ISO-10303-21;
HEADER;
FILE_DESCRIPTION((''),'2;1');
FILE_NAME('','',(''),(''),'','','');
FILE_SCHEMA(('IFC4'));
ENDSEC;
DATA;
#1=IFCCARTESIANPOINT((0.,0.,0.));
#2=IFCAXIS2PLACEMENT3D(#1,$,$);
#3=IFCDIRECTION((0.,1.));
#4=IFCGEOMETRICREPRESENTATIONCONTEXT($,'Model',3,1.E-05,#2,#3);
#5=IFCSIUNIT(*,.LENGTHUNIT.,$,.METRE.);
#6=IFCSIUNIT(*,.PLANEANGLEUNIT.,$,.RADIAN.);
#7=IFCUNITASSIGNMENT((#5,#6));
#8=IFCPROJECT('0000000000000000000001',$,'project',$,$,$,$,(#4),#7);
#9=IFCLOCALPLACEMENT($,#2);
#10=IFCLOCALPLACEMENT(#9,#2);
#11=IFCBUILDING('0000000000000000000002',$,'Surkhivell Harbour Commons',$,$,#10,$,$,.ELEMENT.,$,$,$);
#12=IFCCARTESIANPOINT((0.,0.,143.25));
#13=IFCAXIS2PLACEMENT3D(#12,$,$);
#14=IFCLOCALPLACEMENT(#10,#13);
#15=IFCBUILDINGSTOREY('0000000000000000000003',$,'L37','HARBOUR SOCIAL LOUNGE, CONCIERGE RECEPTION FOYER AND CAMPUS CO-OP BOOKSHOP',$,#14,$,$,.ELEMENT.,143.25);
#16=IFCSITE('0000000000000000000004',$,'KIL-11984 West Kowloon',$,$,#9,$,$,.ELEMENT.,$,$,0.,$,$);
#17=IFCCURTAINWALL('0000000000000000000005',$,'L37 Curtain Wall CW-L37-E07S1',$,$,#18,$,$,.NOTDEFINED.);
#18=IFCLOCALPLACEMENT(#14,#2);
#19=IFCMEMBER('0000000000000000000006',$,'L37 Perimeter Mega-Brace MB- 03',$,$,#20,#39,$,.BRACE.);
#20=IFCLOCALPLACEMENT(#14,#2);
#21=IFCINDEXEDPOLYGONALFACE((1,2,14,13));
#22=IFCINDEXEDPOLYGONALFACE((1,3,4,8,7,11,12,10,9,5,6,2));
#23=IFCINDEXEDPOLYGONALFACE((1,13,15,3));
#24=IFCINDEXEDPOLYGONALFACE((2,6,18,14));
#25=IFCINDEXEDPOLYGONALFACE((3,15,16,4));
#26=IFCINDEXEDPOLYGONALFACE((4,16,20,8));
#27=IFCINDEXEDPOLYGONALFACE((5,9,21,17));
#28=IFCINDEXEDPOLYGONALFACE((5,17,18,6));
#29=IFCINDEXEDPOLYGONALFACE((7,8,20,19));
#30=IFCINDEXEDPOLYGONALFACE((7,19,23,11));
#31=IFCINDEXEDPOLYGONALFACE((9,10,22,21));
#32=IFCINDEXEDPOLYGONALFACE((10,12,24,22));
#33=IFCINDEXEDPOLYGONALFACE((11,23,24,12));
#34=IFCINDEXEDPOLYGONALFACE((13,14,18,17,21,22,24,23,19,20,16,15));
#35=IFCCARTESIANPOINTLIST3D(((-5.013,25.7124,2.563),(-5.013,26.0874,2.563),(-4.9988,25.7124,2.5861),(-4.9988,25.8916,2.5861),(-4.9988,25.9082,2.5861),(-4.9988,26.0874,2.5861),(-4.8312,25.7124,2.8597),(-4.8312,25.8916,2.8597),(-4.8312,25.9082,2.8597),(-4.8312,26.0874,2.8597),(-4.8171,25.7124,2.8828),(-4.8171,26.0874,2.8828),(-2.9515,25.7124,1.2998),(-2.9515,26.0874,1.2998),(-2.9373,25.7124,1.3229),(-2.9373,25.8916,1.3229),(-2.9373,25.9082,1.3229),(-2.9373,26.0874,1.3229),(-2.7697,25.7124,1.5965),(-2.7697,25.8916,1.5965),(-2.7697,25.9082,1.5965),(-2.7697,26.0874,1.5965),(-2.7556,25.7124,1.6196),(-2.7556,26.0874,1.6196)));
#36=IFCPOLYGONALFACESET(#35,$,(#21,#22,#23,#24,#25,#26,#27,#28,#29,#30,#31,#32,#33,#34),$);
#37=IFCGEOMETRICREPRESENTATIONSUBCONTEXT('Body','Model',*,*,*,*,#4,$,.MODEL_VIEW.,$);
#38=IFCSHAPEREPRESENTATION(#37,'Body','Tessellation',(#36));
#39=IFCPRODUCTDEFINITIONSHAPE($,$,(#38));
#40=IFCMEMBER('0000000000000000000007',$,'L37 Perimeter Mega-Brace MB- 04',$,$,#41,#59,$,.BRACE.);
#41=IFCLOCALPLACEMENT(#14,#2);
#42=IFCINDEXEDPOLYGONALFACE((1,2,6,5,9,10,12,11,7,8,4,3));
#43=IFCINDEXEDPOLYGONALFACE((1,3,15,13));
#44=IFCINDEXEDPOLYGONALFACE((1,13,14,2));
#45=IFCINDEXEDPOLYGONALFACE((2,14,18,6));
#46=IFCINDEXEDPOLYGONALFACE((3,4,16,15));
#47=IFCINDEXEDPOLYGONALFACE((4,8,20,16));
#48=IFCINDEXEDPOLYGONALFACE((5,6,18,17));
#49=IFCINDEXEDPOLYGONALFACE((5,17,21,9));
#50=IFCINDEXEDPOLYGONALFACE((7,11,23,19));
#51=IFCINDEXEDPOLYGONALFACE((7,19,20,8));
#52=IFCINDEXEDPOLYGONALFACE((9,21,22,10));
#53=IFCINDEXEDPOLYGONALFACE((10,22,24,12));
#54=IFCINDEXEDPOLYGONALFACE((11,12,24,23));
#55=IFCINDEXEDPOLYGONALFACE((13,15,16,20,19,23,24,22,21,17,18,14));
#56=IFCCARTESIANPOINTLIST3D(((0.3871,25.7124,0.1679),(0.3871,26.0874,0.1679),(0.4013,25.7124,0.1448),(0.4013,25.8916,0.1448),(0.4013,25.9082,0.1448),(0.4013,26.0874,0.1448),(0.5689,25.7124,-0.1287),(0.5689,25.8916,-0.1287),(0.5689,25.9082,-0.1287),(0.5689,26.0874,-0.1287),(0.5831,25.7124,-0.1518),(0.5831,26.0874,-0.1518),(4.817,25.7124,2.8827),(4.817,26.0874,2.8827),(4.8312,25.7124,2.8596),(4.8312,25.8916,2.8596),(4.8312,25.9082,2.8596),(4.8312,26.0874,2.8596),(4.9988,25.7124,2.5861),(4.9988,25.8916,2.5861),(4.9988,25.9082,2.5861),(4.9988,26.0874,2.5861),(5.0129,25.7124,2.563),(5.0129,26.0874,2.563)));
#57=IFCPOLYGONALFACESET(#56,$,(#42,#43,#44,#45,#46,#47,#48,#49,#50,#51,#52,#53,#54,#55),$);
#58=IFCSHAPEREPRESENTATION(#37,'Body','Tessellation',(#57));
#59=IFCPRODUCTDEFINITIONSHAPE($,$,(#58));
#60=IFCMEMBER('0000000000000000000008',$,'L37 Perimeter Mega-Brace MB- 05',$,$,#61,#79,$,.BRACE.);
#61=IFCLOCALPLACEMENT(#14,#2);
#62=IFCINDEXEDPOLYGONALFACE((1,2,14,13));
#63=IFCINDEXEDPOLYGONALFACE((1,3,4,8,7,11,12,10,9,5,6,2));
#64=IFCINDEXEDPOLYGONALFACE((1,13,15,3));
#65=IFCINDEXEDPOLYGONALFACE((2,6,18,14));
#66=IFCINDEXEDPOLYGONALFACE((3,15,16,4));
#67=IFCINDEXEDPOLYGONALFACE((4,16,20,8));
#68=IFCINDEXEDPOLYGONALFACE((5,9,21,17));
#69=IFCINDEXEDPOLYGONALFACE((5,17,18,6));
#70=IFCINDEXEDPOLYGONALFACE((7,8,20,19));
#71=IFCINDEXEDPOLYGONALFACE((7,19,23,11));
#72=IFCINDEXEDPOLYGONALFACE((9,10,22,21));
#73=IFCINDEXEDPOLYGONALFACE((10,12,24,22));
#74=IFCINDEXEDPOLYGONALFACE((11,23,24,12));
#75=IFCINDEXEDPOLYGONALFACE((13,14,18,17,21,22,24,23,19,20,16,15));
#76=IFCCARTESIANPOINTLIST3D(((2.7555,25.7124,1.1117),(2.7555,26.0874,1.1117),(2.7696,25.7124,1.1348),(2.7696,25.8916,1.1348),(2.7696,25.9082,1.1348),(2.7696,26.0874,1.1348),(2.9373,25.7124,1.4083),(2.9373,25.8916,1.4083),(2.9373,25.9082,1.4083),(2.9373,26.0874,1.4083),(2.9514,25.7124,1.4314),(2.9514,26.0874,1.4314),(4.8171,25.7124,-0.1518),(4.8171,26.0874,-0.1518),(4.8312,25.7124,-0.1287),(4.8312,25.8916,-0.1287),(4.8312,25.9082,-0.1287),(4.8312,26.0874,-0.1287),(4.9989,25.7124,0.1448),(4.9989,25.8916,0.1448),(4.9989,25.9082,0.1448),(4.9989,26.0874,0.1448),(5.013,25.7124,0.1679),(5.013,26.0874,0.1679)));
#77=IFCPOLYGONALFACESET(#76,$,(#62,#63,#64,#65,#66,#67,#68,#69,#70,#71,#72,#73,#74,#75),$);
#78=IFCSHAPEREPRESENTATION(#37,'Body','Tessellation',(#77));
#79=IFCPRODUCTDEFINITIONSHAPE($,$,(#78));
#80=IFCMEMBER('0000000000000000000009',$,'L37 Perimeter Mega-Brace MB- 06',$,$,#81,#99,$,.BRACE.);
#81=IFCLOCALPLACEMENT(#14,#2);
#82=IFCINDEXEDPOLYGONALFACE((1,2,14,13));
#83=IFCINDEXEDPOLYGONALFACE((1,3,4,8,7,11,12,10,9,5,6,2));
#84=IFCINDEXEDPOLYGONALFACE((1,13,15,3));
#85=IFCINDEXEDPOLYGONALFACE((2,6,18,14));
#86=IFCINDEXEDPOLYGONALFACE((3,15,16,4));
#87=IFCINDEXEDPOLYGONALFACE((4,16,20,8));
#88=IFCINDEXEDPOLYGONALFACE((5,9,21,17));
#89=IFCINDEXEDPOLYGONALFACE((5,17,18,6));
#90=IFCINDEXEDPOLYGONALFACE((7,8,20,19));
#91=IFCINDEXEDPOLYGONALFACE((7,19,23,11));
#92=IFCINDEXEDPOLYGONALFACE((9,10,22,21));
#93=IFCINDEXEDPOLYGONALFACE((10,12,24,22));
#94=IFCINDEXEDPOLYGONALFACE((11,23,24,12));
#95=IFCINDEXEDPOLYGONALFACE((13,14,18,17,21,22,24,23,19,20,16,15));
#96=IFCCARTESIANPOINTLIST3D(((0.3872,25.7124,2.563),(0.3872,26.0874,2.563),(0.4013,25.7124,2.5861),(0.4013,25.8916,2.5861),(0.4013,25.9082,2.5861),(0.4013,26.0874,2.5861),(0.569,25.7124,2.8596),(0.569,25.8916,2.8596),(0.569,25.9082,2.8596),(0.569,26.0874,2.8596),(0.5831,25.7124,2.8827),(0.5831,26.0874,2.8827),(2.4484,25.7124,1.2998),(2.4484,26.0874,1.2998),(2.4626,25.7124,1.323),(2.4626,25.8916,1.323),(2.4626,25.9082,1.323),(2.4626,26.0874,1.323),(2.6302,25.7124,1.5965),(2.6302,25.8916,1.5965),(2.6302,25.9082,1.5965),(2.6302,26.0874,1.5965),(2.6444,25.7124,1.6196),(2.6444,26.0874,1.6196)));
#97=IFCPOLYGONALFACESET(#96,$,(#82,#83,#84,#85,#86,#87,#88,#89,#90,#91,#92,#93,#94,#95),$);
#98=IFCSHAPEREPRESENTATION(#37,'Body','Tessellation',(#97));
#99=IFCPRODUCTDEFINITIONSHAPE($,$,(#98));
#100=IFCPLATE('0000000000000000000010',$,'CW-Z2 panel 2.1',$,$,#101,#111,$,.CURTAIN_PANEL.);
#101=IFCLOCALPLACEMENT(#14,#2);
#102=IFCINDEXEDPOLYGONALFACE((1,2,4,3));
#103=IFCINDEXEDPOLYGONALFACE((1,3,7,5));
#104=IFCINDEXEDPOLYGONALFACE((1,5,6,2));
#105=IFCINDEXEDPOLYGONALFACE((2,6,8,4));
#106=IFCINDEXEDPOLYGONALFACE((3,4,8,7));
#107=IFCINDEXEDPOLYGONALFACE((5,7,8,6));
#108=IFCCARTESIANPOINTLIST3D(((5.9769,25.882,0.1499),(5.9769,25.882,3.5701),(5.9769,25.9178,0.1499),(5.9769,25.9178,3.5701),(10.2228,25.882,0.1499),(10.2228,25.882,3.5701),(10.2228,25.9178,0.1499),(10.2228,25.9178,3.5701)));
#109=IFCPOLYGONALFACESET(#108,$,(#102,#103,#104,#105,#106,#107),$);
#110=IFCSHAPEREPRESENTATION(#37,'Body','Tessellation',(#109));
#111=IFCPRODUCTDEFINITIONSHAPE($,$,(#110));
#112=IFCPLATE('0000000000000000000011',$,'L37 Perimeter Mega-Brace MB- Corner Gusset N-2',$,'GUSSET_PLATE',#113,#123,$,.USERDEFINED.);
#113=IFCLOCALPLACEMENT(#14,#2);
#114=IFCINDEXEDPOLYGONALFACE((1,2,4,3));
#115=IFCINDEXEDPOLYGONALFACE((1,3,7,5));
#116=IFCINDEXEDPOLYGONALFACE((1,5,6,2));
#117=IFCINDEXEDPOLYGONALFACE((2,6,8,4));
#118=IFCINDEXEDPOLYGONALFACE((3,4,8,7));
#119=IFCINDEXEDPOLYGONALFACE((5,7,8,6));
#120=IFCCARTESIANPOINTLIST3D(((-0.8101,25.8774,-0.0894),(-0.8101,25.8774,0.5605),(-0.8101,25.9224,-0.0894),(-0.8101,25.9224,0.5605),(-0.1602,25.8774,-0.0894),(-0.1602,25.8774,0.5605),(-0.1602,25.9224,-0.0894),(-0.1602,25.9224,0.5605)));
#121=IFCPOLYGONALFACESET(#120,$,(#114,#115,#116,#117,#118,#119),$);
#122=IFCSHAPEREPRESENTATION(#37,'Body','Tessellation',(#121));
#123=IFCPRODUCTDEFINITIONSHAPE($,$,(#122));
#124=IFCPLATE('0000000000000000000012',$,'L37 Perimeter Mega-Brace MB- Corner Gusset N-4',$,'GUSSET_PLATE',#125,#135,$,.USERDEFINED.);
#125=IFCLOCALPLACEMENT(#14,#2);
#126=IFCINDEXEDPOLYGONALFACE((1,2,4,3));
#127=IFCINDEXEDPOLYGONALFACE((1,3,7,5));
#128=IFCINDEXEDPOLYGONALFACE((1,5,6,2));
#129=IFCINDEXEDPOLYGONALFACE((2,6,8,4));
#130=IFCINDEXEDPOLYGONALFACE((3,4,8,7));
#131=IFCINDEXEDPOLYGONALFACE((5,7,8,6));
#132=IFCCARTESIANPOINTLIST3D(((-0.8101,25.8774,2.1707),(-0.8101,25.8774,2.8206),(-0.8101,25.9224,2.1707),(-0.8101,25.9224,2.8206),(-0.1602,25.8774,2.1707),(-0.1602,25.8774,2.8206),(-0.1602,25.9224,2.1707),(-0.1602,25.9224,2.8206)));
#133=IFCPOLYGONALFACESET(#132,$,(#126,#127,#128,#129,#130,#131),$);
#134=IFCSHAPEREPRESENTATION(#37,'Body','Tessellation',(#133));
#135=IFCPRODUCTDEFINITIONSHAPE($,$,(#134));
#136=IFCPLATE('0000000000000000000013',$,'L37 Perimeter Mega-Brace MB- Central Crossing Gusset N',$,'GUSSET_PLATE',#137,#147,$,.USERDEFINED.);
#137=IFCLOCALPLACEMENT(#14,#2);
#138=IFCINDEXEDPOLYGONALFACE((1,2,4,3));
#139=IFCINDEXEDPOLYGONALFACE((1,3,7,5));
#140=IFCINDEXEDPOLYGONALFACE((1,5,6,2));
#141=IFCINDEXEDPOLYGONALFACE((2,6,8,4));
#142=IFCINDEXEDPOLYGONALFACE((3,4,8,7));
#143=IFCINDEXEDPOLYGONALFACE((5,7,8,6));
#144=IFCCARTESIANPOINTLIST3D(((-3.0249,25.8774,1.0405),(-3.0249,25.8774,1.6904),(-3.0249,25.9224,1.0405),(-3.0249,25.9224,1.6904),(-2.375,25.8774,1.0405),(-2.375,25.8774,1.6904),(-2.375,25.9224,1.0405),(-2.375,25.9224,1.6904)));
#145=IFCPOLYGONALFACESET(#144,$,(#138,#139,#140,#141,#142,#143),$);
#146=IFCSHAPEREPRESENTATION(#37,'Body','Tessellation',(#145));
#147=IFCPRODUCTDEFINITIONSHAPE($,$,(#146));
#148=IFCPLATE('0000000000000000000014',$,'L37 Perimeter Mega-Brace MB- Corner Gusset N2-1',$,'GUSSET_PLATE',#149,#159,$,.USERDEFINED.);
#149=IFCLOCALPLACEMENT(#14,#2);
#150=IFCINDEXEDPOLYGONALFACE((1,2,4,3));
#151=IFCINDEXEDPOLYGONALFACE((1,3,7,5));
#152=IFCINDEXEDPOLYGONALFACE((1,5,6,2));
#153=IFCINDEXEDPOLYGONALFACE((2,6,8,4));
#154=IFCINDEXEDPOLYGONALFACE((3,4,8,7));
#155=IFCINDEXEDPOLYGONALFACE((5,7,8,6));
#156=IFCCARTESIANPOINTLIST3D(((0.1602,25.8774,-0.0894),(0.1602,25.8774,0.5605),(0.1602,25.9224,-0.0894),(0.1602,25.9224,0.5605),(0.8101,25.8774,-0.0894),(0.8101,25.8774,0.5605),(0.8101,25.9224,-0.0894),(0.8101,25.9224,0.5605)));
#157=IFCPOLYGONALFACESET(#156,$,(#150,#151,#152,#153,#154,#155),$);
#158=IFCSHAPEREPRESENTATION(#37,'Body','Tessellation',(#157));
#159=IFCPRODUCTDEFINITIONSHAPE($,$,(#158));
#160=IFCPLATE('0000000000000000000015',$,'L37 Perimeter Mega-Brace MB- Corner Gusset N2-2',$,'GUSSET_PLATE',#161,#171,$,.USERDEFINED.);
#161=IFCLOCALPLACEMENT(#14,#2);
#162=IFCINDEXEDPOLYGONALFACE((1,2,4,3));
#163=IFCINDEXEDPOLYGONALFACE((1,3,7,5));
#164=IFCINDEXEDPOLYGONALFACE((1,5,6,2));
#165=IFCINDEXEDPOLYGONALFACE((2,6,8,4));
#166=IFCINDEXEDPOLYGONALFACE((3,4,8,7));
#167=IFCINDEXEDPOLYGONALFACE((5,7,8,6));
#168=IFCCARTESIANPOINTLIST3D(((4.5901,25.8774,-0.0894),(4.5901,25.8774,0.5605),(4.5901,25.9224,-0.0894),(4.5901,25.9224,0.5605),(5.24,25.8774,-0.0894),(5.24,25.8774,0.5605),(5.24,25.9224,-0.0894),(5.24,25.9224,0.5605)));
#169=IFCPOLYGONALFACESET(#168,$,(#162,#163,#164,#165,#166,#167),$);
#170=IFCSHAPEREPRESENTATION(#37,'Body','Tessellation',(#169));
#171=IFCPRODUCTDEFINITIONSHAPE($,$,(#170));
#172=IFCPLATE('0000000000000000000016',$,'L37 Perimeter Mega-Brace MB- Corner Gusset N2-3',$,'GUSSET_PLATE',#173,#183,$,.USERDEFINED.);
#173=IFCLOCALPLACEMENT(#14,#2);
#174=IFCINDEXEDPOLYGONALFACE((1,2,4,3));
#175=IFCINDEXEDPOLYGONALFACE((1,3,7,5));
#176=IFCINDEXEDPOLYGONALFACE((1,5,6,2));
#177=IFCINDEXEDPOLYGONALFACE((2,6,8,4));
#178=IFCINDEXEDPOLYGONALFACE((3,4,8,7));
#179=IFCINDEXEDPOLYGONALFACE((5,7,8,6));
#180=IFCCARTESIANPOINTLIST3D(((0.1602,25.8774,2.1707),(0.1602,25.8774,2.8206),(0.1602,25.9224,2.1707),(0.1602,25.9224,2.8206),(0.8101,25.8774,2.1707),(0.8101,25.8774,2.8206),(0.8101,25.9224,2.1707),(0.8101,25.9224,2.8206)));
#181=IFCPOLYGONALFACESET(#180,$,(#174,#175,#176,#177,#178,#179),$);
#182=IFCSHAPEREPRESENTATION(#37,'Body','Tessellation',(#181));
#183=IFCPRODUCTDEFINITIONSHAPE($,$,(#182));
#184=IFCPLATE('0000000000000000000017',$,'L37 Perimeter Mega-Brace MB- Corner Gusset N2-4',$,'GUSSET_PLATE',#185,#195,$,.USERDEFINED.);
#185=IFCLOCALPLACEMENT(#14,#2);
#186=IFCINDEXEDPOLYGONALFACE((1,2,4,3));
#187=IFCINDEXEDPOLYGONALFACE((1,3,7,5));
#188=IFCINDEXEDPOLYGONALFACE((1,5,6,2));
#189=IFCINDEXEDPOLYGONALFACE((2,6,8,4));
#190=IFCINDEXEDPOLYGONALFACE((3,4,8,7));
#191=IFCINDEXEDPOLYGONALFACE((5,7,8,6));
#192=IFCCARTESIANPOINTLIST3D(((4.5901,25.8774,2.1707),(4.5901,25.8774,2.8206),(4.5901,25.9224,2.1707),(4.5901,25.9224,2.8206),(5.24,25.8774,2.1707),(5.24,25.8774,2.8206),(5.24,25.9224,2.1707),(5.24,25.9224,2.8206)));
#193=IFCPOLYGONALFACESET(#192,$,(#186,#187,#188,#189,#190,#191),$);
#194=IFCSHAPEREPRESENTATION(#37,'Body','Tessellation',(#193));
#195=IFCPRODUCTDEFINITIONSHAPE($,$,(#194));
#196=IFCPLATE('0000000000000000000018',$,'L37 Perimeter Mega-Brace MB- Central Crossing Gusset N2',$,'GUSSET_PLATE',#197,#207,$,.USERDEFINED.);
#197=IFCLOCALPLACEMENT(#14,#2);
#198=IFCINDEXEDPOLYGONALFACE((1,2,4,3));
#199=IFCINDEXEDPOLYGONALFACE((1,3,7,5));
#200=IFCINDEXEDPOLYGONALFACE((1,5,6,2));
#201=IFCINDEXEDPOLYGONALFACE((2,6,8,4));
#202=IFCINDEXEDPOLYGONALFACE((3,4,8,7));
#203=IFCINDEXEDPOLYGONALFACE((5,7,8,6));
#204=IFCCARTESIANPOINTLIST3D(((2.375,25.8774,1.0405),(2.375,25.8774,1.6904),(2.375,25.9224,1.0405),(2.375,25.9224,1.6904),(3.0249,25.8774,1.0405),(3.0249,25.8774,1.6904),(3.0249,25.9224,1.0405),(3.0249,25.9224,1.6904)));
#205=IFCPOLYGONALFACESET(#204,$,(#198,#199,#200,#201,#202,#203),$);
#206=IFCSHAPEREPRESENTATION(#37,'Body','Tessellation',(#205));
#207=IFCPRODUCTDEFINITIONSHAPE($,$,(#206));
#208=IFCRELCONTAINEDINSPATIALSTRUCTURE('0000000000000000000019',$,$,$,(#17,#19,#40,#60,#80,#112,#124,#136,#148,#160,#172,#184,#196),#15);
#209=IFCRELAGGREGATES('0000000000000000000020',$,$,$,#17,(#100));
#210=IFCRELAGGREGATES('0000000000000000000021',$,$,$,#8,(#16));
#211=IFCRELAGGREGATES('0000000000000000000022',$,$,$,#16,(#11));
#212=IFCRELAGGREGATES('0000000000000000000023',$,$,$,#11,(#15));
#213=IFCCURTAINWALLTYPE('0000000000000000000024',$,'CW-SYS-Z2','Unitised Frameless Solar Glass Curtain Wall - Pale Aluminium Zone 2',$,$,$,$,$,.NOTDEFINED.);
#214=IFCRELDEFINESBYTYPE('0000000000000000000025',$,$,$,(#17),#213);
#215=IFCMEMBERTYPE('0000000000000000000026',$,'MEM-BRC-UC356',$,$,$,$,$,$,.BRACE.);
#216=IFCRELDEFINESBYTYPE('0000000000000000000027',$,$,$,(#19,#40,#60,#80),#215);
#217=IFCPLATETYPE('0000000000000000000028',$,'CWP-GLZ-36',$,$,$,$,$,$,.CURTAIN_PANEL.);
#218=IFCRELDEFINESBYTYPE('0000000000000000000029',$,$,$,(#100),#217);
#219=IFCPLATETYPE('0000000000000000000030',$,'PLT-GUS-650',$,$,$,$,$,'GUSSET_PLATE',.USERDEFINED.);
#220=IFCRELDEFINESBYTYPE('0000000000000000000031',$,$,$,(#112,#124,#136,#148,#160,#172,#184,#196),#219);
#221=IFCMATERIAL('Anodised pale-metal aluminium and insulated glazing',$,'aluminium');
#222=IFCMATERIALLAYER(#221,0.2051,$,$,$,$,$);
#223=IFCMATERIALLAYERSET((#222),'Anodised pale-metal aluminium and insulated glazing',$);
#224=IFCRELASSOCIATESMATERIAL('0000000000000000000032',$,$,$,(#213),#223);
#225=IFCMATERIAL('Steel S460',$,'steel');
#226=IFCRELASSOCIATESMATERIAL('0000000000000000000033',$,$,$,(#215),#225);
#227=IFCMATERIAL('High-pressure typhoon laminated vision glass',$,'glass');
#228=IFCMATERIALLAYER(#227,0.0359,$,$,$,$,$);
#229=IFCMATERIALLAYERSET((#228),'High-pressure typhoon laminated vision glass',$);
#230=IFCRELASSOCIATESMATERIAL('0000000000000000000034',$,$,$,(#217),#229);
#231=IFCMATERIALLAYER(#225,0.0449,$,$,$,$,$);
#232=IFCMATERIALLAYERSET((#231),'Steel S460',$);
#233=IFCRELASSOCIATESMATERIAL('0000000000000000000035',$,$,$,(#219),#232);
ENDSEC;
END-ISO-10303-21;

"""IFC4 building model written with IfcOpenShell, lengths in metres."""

from ifc_helpers import new_model, si_unit, direction, frame, frame_2d, origin, origin_2d, place, context, subcontext, project, spatial, rectangle, i_section, extrude, material, layer, layer_set, material_profile, profile_set, type_object, element, aggregate, save


model = new_model("IFC4")

# Units and contexts
model_context = context("Model", 3, precision=1e-05, world=origin(), true_north=direction((0.0, 1.0)))
body_context = subcontext(model_context, "Body", "Model", "MODEL_VIEW")
ifc_project = project(units=[si_unit("LENGTHUNIT", "METRE"), si_unit("PLANEANGLEUNIT", "RADIAN")], contexts=[model_context])

# Site, building, storey
site_placement = place(None, origin())
site = spatial("IfcSite", under=ifc_project, at=site_placement, Name="KIL-11984 West Kowloon", CompositionType="ELEMENT", RefElevation=0.0)
building_placement = place(site_placement, origin())
building = spatial("IfcBuilding", under=site, at=building_placement, Name="Surkhivell Harbour Commons", CompositionType="ELEMENT")
storey_placement = place(building_placement, frame((0.0, 0.0, 143.25)))
storey = spatial("IfcBuildingStorey", under=building, at=storey_placement, Name="L37", Description="HARBOUR SOCIAL LOUNGE, CONCIERGE RECEPTION FOYER AND CAMPUS CO-OP BOOKSHOP", CompositionType="ELEMENT", Elevation=143.25)

# Shared definitions
ifc_material_1 = material(Name="Steel S460", Category="steel")

# Curtain wall
ifc_material_2 = material(Name="Anodised pale-metal aluminium and insulated glazing", Category="aluminium")
ifc_layer_1 = layer(ifc_material_2, 0.2051)
ifc_layer_set_1 = layer_set([ifc_layer_1], Name="Anodised pale-metal aluminium and insulated glazing")
curtain_wall_type = type_object("IfcCurtainWallType", Name="CW-SYS-Z2", Description="Unitised Frameless Solar Glass Curtain Wall - Pale Aluminium Zone 2", PredefinedType="NOTDEFINED", material=ifc_layer_set_1)
curtain_wall_placement = place(storey_placement, origin())
curtain_wall = element("IfcCurtainWall", 1, at=curtain_wall_placement, inside=storey, type_object=curtain_wall_type, Name="L37 Curtain Wall CW-L37-E07S1", PredefinedType="NOTDEFINED")

# Members
ifc_material_profile_1 = material_profile(ifc_material_1, i_section(OverallWidth=0.375, OverallDepth=0.375, WebThickness=0.0166, FlangeThickness=0.0271, at=origin_2d()), Name="UC356x368x202")
ifc_profile_set_1 = profile_set([ifc_material_profile_1], Name="Steel S460")
member_type_1 = type_object("IfcMemberType", Name="MEM-BRC-UC356", PredefinedType="BRACE", material=ifc_profile_set_1)
for number, where, z_axis, x_axis, name in (
    (2, (-2.8535, 25.8999, 1.4597), (-0.852662, 0.0, 0.522463), (0.0, -1.0, 0.0), "L37 Perimeter Mega-Brace MB- 03"),
):
    element("IfcMember", number, at=place(storey_placement, frame(where, z_axis=z_axis, x_axis=x_axis)), inside=storey, type_object=member_type_1, Name=name, PredefinedType="BRACE", context=body_context, shape_type="SweptSolid", body=[
        extrude(i_section(OverallWidth=0.375, OverallDepth=0.375, WebThickness=0.0166, FlangeThickness=0.0271, at=origin_2d()), origin(), (0.0, 0.0, 1.0), 2.4177),
    ])
member_1_placement = place(storey_placement, frame((0.4851, 25.8999, 0.0081), z_axis=(0.852625, 0.0, 0.522523), x_axis=(0.0, 1.0, 0.0)))
element("IfcMember", 3, at=member_1_placement, inside=storey, type_object=member_type_1, Name="L37 Perimeter Mega-Brace MB- 04", PredefinedType="BRACE", context=body_context, shape_type="SweptSolid", body=[
    extrude(i_section(OverallWidth=0.375, OverallDepth=0.375, WebThickness=0.0166, FlangeThickness=0.0271, at=origin_2d()), origin(), (0.0, 0.0, 1.0), 5.1956),
])
member_2_placement = place(storey_placement, frame((4.915, 25.8999, 0.0081), z_axis=(-0.852617, 0.0, 0.522536), x_axis=(0.0, -1.0, 0.0)))
element("IfcMember", 4, at=member_2_placement, inside=storey, type_object=member_type_1, Name="L37 Perimeter Mega-Brace MB- 05", PredefinedType="BRACE", context=body_context, shape_type="SweptSolid", body=[
    extrude(i_section(OverallWidth=0.375, OverallDepth=0.375, WebThickness=0.0166, FlangeThickness=0.0271, at=origin_2d()), origin(), (0.0, 0.0, 1.0), 2.418),
])
member_3_placement = place(storey_placement, frame((2.5464, 25.8999, 1.4597), z_axis=(-0.852635, 0.0, 0.522508), x_axis=(0.0, -1.0, 0.0)))
element("IfcMember", 5, at=member_3_placement, inside=storey, type_object=member_type_1, Name="L37 Perimeter Mega-Brace MB- 06", PredefinedType="BRACE", context=body_context, shape_type="SweptSolid", body=[
    extrude(i_section(OverallWidth=0.375, OverallDepth=0.375, WebThickness=0.0166, FlangeThickness=0.0271, at=origin_2d()), origin(), (0.0, 0.0, 1.0), 2.4175),
])

# Plate
ifc_material_3 = material(Name="High-pressure typhoon laminated vision glass", Category="glass")
ifc_layer_2 = layer(ifc_material_3, 0.0359)
ifc_layer_set_2 = layer_set([ifc_layer_2], Name="High-pressure typhoon laminated vision glass")
plate_type_1 = type_object("IfcPlateType", Name="CWP-GLZ-36", PredefinedType="CURTAIN_PANEL", material=ifc_layer_set_2)
plate_placement = place(storey_placement, frame((10.2229, 25.8999, 0.1499), z_axis=(0.0, 0.0, 1.0), x_axis=(-1.0, 0.0, 0.0)))
plate = element("IfcPlate", 6, at=plate_placement, type_object=plate_type_1, Name="CW-Z2 panel 2.1", PredefinedType="CURTAIN_PANEL", context=body_context, shape_type="SweptSolid", body=[
    extrude(rectangle(XDim=4.2458, YDim=0.0359, at=frame_2d((2.123, 0.0))), origin(), (0.0, 0.0, 1.0), 3.4202),
])
aggregate(curtain_wall, [plate])

# Plates
ifc_layer_3 = layer(ifc_material_1, 0.0449)
ifc_layer_set_3 = layer_set([ifc_layer_3], Name="Steel S460")
plate_type_2 = type_object("IfcPlateType", Name="PLT-GUS-650", ElementType="GUSSET_PLATE", PredefinedType="USERDEFINED", material=ifc_layer_set_3)
for number, where, z_axis, x_axis, name in (
    (7, (-0.4851, 25.8999, -0.0894), (0.0, 0.0, 1.0), (1.0, 0.0, 0.0), "L37 Perimeter Mega-Brace MB- Corner Gusset N-2"),
    (8, (-0.4851, 25.8999, 2.1707), (0.0, 0.0, 1.0), (1.0, 0.0, 0.0), "L37 Perimeter Mega-Brace MB- Corner Gusset N-4"),
    (9, (-2.7, 25.8999, 1.0405), (0.0, 0.0, 1.0), (1.0, 0.0, 0.0), "L37 Perimeter Mega-Brace MB- Central Crossing Gusset N"),
    (10, (0.4851, 25.8999, -0.0894), (0.0, 0.0, 1.0), (1.0, 0.0, 0.0), "L37 Perimeter Mega-Brace MB- Corner Gusset N2-1"),
    (11, (4.915, 25.8999, -0.0894), (0.0, 0.0, 1.0), (1.0, 0.0, 0.0), "L37 Perimeter Mega-Brace MB- Corner Gusset N2-2"),
    (12, (0.4851, 25.8999, 2.1707), (0.0, 0.0, 1.0), (1.0, 0.0, 0.0), "L37 Perimeter Mega-Brace MB- Corner Gusset N2-3"),
    (13, (4.915, 25.8999, 2.1707), (0.0, 0.0, 1.0), (1.0, 0.0, 0.0), "L37 Perimeter Mega-Brace MB- Corner Gusset N2-4"),
    (14, (2.7, 25.8999, 1.0405), (0.0, 0.0, 1.0), (1.0, 0.0, 0.0), "L37 Perimeter Mega-Brace MB- Central Crossing Gusset N2"),
):
    element("IfcPlate", number, at=place(storey_placement, frame(where, z_axis=z_axis, x_axis=x_axis)), inside=storey, type_object=plate_type_2, Name=name, ObjectType="GUSSET_PLATE", PredefinedType="USERDEFINED", context=body_context, shape_type="SweptSolid", body=[
        extrude(rectangle(XDim=0.6499, YDim=0.0449, at=origin_2d()), origin(), (0.0, 0.0, 1.0), 0.6499),
    ])

save(model, "model.ifc")
